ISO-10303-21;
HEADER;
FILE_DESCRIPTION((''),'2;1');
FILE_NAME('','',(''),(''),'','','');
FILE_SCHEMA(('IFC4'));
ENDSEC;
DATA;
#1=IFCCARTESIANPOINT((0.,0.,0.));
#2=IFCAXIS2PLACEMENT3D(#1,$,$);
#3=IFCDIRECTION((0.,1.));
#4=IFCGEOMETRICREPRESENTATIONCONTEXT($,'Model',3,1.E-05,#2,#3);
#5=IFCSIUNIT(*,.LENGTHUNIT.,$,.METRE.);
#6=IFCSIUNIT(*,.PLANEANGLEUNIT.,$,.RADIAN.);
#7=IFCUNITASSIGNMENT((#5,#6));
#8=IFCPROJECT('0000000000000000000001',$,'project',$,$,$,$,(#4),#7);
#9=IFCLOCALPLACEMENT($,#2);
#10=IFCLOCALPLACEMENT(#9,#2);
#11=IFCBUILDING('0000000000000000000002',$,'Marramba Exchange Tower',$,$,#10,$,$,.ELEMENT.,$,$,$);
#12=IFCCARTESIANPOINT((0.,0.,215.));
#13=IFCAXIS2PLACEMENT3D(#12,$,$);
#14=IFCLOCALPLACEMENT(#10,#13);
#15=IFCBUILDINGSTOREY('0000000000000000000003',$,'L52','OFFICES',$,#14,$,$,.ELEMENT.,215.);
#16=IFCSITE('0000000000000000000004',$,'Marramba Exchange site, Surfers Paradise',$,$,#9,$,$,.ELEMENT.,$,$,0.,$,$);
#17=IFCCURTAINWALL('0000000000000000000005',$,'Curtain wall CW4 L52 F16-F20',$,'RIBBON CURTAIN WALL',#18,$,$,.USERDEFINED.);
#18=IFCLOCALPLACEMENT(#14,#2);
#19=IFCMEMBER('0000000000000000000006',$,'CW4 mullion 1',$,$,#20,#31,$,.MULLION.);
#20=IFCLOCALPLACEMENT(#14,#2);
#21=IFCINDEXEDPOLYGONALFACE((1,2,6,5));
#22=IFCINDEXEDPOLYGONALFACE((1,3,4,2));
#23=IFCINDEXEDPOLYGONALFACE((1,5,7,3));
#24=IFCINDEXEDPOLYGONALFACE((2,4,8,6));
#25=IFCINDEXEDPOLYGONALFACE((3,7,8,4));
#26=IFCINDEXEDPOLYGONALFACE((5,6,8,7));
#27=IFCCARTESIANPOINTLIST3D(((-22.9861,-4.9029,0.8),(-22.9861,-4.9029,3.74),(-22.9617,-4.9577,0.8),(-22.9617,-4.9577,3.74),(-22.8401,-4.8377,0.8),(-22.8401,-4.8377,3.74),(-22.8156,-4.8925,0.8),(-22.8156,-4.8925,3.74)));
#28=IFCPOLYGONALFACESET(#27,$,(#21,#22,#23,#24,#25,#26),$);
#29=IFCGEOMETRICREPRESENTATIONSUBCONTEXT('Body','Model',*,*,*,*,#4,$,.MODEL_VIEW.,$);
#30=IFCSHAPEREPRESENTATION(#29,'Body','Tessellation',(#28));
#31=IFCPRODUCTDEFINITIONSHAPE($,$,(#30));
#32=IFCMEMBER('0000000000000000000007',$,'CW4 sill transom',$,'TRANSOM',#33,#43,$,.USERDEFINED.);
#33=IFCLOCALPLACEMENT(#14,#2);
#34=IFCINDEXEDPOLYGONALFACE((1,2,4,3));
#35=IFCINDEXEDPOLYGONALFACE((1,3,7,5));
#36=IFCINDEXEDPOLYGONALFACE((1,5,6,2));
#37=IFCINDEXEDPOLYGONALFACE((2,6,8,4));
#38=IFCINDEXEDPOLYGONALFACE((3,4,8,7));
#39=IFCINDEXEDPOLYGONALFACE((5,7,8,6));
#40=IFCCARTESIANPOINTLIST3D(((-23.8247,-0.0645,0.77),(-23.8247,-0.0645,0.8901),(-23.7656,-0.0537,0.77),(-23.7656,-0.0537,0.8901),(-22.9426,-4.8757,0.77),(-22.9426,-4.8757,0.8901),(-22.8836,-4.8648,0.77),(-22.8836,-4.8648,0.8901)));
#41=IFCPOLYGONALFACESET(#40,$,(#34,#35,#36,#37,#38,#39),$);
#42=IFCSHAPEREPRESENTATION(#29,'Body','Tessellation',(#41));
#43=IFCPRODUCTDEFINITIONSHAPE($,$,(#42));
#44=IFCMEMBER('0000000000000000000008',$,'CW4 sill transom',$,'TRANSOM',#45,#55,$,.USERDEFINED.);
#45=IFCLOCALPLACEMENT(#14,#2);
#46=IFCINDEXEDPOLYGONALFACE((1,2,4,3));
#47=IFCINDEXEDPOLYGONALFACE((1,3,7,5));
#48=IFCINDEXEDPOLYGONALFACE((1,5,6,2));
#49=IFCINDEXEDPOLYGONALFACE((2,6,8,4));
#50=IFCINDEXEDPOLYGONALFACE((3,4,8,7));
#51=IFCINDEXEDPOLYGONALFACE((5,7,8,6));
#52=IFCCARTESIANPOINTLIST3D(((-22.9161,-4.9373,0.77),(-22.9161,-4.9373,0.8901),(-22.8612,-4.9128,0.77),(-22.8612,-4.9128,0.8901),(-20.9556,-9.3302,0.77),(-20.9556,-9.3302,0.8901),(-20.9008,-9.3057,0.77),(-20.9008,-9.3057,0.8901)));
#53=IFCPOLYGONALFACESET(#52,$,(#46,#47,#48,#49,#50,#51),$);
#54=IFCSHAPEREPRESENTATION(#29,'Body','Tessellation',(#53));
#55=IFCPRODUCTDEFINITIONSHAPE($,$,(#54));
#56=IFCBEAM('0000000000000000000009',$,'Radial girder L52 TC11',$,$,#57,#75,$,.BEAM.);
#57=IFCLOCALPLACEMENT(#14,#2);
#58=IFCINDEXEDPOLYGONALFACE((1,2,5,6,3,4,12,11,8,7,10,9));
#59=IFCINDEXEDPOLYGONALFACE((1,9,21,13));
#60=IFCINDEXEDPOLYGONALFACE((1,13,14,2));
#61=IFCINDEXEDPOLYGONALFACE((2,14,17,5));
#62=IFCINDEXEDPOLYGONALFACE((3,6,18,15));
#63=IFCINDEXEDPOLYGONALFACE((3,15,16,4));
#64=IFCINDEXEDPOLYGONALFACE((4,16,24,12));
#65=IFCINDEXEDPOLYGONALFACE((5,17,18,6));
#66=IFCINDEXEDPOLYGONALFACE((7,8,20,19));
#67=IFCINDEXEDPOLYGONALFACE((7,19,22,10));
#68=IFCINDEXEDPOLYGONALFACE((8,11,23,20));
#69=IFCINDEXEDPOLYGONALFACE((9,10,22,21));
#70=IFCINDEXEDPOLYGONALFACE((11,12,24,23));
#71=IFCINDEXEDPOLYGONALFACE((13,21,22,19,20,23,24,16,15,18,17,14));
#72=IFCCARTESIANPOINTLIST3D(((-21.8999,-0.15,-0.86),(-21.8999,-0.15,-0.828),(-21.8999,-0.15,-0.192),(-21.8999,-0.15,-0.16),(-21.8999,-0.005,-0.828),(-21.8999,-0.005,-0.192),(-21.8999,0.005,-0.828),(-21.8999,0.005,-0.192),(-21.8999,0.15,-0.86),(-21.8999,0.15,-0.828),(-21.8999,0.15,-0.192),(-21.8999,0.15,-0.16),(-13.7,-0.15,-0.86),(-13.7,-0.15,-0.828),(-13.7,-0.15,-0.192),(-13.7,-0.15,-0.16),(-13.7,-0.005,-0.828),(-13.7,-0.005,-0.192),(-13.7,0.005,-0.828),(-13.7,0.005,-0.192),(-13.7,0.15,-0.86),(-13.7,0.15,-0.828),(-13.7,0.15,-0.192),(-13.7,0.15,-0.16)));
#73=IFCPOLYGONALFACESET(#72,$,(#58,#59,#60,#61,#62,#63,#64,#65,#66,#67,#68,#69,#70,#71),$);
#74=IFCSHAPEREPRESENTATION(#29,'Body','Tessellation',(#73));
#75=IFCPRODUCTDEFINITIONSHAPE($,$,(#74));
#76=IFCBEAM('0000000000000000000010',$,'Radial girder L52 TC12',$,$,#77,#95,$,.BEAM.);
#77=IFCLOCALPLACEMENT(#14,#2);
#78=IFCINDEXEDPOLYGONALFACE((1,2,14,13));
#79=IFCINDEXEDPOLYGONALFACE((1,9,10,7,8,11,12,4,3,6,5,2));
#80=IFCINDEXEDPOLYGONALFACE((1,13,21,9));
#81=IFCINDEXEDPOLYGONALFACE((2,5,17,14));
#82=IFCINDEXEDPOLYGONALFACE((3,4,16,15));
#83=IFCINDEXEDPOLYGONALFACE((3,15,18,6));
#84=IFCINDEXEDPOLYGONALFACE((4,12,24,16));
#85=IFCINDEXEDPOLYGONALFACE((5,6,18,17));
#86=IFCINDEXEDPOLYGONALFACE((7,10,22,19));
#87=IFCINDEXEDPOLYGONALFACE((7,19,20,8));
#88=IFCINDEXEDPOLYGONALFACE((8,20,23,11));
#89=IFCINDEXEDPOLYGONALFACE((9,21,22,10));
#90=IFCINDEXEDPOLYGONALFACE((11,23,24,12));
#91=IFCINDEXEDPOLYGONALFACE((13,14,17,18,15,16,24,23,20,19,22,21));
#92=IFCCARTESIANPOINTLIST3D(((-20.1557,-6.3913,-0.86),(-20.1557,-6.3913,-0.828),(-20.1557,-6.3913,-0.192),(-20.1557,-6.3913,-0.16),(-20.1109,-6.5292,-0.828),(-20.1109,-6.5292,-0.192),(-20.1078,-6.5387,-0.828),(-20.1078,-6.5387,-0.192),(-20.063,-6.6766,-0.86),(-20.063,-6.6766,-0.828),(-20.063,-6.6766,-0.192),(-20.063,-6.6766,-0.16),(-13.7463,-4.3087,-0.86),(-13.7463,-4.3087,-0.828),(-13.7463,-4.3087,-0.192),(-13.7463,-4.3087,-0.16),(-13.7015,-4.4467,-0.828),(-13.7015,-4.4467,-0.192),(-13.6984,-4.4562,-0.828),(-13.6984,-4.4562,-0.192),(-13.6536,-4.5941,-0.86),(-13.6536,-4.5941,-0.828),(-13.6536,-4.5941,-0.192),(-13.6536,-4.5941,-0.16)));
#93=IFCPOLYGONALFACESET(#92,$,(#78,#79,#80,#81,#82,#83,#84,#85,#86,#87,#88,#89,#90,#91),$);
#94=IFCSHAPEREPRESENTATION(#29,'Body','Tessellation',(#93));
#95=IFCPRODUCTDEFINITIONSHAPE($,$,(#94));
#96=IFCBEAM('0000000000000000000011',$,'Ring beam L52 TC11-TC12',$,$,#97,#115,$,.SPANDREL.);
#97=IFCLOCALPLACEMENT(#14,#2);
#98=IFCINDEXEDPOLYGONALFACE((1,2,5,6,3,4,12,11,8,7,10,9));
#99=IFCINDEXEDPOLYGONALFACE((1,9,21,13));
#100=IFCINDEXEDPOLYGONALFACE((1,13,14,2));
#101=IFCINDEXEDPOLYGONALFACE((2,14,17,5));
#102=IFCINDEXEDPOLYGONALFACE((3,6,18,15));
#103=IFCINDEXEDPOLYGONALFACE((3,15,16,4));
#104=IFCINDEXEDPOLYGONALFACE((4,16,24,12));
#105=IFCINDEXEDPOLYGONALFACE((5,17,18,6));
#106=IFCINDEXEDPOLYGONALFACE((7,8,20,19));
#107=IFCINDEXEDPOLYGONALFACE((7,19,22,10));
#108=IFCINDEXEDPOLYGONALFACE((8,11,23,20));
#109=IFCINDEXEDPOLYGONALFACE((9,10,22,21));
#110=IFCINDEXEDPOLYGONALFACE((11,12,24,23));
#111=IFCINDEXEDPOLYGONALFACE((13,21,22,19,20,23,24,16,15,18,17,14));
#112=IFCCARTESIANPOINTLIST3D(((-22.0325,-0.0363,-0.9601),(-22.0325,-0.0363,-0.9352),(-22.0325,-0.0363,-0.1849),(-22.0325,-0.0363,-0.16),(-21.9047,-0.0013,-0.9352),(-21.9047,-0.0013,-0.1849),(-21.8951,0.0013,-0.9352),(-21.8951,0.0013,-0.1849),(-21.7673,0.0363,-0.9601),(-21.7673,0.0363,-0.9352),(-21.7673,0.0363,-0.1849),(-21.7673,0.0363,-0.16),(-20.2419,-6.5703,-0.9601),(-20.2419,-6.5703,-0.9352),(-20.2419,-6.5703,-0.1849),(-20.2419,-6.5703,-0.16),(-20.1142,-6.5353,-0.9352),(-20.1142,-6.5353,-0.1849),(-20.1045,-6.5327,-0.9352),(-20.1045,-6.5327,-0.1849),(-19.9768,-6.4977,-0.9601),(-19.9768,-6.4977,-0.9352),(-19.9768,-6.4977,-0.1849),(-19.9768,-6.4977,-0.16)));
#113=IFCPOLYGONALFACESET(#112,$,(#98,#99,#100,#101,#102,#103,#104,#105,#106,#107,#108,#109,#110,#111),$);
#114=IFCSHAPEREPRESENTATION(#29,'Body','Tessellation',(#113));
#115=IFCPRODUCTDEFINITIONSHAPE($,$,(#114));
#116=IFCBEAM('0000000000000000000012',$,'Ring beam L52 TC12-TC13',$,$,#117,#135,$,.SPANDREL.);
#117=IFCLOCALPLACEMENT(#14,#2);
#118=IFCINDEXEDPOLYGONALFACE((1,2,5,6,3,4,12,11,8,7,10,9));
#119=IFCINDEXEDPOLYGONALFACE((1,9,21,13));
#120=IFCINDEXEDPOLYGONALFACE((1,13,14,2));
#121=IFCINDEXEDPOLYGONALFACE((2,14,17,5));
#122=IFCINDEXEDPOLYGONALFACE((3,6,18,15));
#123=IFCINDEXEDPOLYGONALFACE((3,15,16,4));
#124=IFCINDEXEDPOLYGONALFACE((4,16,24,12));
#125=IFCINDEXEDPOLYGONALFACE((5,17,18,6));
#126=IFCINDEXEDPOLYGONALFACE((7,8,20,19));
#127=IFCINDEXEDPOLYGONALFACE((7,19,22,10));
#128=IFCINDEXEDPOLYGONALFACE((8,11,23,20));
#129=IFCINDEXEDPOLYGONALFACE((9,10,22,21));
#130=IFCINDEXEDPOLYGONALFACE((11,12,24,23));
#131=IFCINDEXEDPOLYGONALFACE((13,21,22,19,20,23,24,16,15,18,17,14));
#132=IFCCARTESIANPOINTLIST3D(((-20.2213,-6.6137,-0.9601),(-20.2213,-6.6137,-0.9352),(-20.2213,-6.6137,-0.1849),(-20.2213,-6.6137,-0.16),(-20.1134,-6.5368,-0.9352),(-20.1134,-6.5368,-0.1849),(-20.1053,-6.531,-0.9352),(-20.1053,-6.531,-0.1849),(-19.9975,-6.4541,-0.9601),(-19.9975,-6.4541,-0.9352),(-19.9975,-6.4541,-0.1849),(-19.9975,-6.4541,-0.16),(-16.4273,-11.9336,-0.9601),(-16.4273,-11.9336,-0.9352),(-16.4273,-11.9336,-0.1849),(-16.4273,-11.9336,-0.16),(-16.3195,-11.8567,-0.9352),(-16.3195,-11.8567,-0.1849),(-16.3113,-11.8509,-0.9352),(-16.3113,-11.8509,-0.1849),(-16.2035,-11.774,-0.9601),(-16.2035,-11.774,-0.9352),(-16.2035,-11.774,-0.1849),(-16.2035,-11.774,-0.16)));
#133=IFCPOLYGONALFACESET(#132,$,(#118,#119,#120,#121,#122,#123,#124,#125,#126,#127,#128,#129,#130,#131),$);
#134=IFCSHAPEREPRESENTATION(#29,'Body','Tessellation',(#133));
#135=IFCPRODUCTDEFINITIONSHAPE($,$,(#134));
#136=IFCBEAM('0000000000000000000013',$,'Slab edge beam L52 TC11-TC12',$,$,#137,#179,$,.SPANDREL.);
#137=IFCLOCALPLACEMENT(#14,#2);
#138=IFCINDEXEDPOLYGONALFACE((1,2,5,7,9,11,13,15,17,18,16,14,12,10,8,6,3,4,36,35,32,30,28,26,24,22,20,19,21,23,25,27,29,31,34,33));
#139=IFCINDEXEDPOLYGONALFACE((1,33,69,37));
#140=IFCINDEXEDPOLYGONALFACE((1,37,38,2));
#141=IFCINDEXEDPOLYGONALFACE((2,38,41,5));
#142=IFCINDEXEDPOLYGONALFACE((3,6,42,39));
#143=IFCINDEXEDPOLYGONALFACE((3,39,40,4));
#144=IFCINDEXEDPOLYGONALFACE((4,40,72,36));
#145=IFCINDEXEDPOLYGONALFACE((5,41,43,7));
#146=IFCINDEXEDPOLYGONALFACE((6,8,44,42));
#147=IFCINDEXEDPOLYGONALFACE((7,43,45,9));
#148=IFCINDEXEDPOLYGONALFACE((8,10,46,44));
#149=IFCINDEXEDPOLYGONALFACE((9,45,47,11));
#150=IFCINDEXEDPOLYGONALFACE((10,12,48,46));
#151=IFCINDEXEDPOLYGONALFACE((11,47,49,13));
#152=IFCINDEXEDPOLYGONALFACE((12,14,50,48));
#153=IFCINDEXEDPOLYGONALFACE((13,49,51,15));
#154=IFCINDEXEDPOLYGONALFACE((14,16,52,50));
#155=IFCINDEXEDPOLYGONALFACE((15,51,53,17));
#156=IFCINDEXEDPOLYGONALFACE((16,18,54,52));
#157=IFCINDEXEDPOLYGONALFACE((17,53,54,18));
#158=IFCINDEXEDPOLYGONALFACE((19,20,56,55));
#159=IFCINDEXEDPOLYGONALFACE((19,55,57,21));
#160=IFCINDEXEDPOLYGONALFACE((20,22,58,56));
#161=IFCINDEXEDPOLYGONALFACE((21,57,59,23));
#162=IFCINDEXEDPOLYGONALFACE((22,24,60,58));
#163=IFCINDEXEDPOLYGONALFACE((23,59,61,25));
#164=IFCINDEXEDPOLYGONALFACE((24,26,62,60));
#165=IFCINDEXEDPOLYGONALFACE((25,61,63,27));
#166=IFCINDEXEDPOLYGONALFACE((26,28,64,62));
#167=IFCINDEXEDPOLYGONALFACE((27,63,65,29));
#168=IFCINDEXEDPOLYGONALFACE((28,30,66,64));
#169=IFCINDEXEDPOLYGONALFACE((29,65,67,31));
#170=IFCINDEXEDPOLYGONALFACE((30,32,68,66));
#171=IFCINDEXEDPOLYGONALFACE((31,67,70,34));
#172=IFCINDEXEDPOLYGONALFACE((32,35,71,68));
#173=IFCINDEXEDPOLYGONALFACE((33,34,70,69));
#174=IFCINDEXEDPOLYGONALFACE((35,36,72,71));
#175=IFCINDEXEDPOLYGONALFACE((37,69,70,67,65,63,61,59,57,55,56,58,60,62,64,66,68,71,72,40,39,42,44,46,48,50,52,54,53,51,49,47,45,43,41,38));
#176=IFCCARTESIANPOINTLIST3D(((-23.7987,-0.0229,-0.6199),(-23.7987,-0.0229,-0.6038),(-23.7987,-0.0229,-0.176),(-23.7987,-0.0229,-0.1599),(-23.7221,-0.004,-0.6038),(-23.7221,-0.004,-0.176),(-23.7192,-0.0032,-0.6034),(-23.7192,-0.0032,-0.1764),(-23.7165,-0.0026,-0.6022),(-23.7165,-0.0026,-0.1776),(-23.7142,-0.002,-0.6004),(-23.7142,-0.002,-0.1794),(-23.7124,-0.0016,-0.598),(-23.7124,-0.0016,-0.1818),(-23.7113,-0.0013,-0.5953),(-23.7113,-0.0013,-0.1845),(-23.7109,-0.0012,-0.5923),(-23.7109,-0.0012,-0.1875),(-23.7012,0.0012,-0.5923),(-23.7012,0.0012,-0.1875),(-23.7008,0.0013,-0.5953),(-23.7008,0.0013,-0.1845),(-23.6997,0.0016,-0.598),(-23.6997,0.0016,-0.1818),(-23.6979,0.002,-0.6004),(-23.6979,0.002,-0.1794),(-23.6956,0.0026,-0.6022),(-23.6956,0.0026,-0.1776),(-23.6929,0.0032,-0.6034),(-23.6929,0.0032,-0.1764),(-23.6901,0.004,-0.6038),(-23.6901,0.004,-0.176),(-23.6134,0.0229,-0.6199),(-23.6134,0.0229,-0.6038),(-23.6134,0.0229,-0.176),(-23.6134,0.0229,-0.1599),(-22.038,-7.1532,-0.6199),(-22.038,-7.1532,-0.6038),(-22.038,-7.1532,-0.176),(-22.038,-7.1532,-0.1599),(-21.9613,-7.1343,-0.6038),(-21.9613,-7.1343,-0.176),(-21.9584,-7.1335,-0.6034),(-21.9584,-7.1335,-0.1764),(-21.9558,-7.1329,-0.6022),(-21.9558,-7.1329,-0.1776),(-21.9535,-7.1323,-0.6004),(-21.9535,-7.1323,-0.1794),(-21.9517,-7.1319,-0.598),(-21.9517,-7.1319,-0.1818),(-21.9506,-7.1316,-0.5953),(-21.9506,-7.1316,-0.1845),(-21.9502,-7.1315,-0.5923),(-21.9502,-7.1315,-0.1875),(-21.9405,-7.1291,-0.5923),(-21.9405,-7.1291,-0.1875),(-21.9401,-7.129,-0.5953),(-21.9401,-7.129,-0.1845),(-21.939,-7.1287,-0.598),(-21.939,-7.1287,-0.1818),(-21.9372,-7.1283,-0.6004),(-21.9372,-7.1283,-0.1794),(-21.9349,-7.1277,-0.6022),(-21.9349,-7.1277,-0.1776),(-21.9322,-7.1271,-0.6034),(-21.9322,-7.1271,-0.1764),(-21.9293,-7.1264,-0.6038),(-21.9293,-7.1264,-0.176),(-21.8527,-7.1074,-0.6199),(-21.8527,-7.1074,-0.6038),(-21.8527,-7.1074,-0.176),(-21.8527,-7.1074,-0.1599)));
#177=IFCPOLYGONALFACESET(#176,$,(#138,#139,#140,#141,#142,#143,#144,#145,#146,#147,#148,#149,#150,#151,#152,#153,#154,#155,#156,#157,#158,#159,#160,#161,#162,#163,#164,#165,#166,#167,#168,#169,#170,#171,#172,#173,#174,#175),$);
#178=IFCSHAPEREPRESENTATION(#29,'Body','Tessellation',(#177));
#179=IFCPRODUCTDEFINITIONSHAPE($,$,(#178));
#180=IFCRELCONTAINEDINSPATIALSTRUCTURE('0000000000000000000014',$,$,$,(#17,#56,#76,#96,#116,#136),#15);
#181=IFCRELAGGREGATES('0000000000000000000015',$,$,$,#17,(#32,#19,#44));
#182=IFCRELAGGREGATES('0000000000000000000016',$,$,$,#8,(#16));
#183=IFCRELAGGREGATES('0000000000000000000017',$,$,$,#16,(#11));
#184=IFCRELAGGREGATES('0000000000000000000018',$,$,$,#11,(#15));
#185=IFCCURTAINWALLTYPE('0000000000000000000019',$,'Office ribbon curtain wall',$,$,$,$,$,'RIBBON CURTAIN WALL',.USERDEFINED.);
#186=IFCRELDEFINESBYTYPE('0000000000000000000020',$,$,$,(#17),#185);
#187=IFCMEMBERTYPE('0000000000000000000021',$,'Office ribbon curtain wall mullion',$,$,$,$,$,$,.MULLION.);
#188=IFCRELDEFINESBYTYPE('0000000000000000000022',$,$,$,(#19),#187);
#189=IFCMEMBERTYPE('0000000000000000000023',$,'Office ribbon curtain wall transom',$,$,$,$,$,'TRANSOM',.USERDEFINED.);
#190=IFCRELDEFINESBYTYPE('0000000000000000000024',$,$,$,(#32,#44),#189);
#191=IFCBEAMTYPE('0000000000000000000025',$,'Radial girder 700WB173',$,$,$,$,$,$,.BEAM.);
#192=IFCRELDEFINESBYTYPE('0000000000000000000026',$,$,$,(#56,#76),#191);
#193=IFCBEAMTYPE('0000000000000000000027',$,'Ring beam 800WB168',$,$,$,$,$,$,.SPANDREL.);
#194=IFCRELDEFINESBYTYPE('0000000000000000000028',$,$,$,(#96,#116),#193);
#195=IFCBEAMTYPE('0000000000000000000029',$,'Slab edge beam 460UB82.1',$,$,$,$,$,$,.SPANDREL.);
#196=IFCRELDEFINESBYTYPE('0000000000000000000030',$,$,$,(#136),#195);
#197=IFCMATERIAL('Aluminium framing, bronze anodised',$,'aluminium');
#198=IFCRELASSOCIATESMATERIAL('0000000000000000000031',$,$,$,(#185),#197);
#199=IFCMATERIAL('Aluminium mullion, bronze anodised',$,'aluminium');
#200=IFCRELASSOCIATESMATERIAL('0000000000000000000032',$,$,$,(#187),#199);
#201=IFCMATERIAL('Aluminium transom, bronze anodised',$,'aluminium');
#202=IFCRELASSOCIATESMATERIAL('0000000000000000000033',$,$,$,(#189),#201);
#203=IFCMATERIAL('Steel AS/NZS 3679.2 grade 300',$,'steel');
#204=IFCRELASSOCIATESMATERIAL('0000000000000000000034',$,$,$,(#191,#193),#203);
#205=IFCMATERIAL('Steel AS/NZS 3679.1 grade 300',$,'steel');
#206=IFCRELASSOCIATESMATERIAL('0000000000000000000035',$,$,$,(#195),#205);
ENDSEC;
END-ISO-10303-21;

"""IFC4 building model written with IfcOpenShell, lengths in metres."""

from ifc_helpers import new_model, si_unit, direction, frame, origin, origin_2d, place, context, subcontext, project, spatial, rectangle, i_section, extrude, material, material_profile, profile_set, type_object, element, aggregate, save


model = new_model("IFC4")

# Units and contexts
model_context = context("Model", 3, precision=1e-05, world=origin(), true_north=direction((0.0, 1.0)))
body_context = subcontext(model_context, "Body", "Model", "MODEL_VIEW")
ifc_project = project(units=[si_unit("LENGTHUNIT", "METRE"), si_unit("PLANEANGLEUNIT", "RADIAN")], contexts=[model_context])

# Site, building, storey
site_placement = place(None, origin())
site = spatial("IfcSite", under=ifc_project, at=site_placement, Name="Marramba Exchange site, Surfers Paradise", CompositionType="ELEMENT", RefElevation=0.0)
building_placement = place(site_placement, origin())
building = spatial("IfcBuilding", under=site, at=building_placement, Name="Marramba Exchange Tower", CompositionType="ELEMENT")
storey_placement = place(building_placement, frame((0.0, 0.0, 215.0)))
storey = spatial("IfcBuildingStorey", under=building, at=storey_placement, Name="L52", Description="OFFICES", CompositionType="ELEMENT", Elevation=215.0)

# Shared definitions
ifc_material_1 = material(Name="Steel AS/NZS 3679.2 grade 300", Category="steel")
ifc_material_2 = material(Name="Steel AS/NZS 3679.1 grade 300", Category="steel")

# Curtain wall, members
ifc_material_3 = material(Name="Aluminium framing, bronze anodised", Category="aluminium")
curtain_wall_type = type_object("IfcCurtainWallType", Name="Office ribbon curtain wall", ElementType="RIBBON CURTAIN WALL", PredefinedType="USERDEFINED", material=ifc_material_3)
curtain_wall_placement = place(storey_placement, origin())
curtain_wall = element("IfcCurtainWall", 1, at=curtain_wall_placement, inside=storey, type_object=curtain_wall_type, Name="Curtain wall CW4 L52 F16-F20", ObjectType="RIBBON CURTAIN WALL", PredefinedType="USERDEFINED")
ifc_material_4 = material(Name="Aluminium mullion, bronze anodised", Category="aluminium")
ifc_material_profile_1 = material_profile(ifc_material_4, rectangle(XDim=0.1599, YDim=0.0601, at=origin_2d()), Name="CW4 mullion 60x160")
ifc_profile_set_1 = profile_set([ifc_material_profile_1], Name="Aluminium mullion, bronze anodised")
member_type_1 = type_object("IfcMemberType", Name="Office ribbon curtain wall mullion", PredefinedType="MULLION", material=ifc_profile_set_1)
member_1_placement = place(storey_placement, frame((-22.9009, -4.8977, 0.8), z_axis=(0.0, 0.0, 1.0), x_axis=(0.91318, 0.407558, 0.0)))
member_1 = element("IfcMember", 2, at=member_1_placement, type_object=member_type_1, Name="CW4 mullion 1", PredefinedType="MULLION", context=body_context, shape_type="SweptSolid", body=[
    extrude(rectangle(XDim=0.1599, YDim=0.0601, at=origin_2d()), origin(), (0.0, 0.0, 1.0), 2.9399),
])
ifc_material_5 = material(Name="Aluminium transom, bronze anodised", Category="aluminium")
ifc_material_profile_2 = material_profile(ifc_material_5, rectangle(XDim=0.0601, YDim=0.1201, at=origin_2d()), Name="CW4 transom 60x120")
ifc_profile_set_2 = profile_set([ifc_material_profile_2], Name="Aluminium transom, bronze anodised")
member_type_2 = type_object("IfcMemberType", Name="Office ribbon curtain wall transom", ElementType="TRANSOM", PredefinedType="USERDEFINED", material=ifc_profile_set_2)
member_2_placement = place(storey_placement, frame((-23.7952, -0.0591, 0.8301), z_axis=(0.18033, -0.983606, 0.0), x_axis=(0.983606, 0.18033, 0.0)))
member_2 = element("IfcMember", 3, at=member_2_placement, type_object=member_type_2, Name="CW4 sill transom", ObjectType="TRANSOM", PredefinedType="USERDEFINED", context=body_context, shape_type="SweptSolid", body=[
    extrude(rectangle(XDim=0.0601, YDim=0.1201, at=origin_2d()), origin(), (0.0, 0.0, 1.0), 4.8914),
])
member_3_placement = place(storey_placement, frame((-22.8887, -4.925, 0.8301), z_axis=(0.407541, -0.913187, 0.0), x_axis=(0.913187, 0.407541, 0.0)))
member_3 = element("IfcMember", 4, at=member_3_placement, type_object=member_type_2, Name="CW4 sill transom", ObjectType="TRANSOM", PredefinedType="USERDEFINED", context=body_context, shape_type="SweptSolid", body=[
    extrude(rectangle(XDim=0.0601, YDim=0.1201, at=origin_2d()), origin(), (0.0, 0.0, 1.0), 4.8105),
])

# Beams
ifc_material_profile_3 = material_profile(ifc_material_1, i_section(OverallWidth=0.3, OverallDepth=0.7, WebThickness=0.01, FlangeThickness=0.032, at=origin_2d()), Name="700WB173")
ifc_profile_set_3 = profile_set([ifc_material_profile_3], Name="Steel AS/NZS 3679.2 grade 300")
beam_type_1 = type_object("IfcBeamType", Name="Radial girder 700WB173", PredefinedType="BEAM", material=ifc_profile_set_3)
beam_1_placement = place(storey_placement, frame((-13.7, 0.0, -0.51), z_axis=(-1.0, 0.0, 0.0), x_axis=(0.0, -1.0, 0.0)))
element("IfcBeam", 5, at=beam_1_placement, inside=storey, type_object=beam_type_1, Name="Radial girder L52 TC11", PredefinedType="BEAM", context=body_context, shape_type="SweptSolid", body=[
    extrude(i_section(OverallWidth=0.3, OverallDepth=0.7, WebThickness=0.01, FlangeThickness=0.032, at=origin_2d()), origin(), (0.0, 0.0, 1.0), 8.2),
])
beam_2_placement = place(storey_placement, frame((-13.7, -4.4514, -0.51), z_axis=(-0.951058, -0.309013, 0.0), x_axis=(0.309013, -0.951058, 0.0)))
element("IfcBeam", 6, at=beam_2_placement, inside=storey, type_object=beam_type_1, Name="Radial girder L52 TC12", PredefinedType="BEAM", context=body_context, shape_type="SweptSolid", body=[
    extrude(i_section(OverallWidth=0.3, OverallDepth=0.7, WebThickness=0.01, FlangeThickness=0.032, at=origin_2d()), origin(), (0.0, 0.0, 1.0), 6.7393),
])
ifc_material_profile_4 = material_profile(ifc_material_1, i_section(OverallWidth=0.2749, OverallDepth=0.8, WebThickness=0.01, FlangeThickness=0.0249, at=origin_2d()), Name="800WB168")
ifc_profile_set_4 = profile_set([ifc_material_profile_4], Name="Steel AS/NZS 3679.2 grade 300")
beam_type_2 = type_object("IfcBeamType", Name="Ring beam 800WB168", PredefinedType="SPANDREL", material=ifc_profile_set_4)
beam_3_placement = place(storey_placement, frame((-21.8999, 0.0, -0.5601), z_axis=(0.264291, -0.964443, 0.0), x_axis=(0.964443, 0.264291, 0.0)))
element("IfcBeam", 7, at=beam_3_placement, inside=storey, type_object=beam_type_2, Name="Ring beam L52 TC11-TC12", PredefinedType="SPANDREL", context=body_context, shape_type="SweptSolid", body=[
    extrude(i_section(OverallWidth=0.2749, OverallDepth=0.8, WebThickness=0.01, FlangeThickness=0.0249, at=origin_2d()), origin(), (0.0, 0.0, 1.0), 6.7749),
])
beam_4_placement = place(storey_placement, frame((-20.1094, -6.5339, -0.5601), z_axis=(0.580637, -0.814162, 0.0), x_axis=(0.814162, 0.580637, 0.0)))
element("IfcBeam", 8, at=beam_4_placement, inside=storey, type_object=beam_type_2, Name="Ring beam L52 TC12-TC13", PredefinedType="SPANDREL", context=body_context, shape_type="SweptSolid", body=[
    extrude(i_section(OverallWidth=0.2749, OverallDepth=0.8, WebThickness=0.01, FlangeThickness=0.0249, at=origin_2d()), origin(), (0.0, 0.0, 1.0), 6.5342),
])
ifc_material_profile_5 = material_profile(ifc_material_2, i_section(OverallWidth=0.1909, OverallDepth=0.46, WebThickness=0.01, FlangeThickness=0.0161, FilletRadius=0.0115, at=origin_2d()), Name="460UB82.1")
ifc_profile_set_5 = profile_set([ifc_material_profile_5], Name="Steel AS/NZS 3679.1 grade 300")
beam_type_3 = type_object("IfcBeamType", Name="Slab edge beam 460UB82.1", PredefinedType="SPANDREL", material=ifc_profile_set_5)
beam_5_placement = place(storey_placement, frame((-23.7061, 0.0, -0.3899), z_axis=(0.239735, -0.970838, 0.0), x_axis=(0.970838, 0.239735, 0.0)))
element("IfcBeam", 9, at=beam_5_placement, inside=storey, type_object=beam_type_3, Name="Slab edge beam L52 TC11-TC12", PredefinedType="SPANDREL", context=body_context, shape_type="SweptSolid", body=[
    extrude(i_section(OverallWidth=0.1909, OverallDepth=0.46, WebThickness=0.01, FlangeThickness=0.0161, FilletRadius=0.0115, at=origin_2d()), origin(), (0.0, 0.0, 1.0), 7.3445),
])

aggregate(curtain_wall, [member_2, member_1, member_3])

save(model, "model.ifc")
